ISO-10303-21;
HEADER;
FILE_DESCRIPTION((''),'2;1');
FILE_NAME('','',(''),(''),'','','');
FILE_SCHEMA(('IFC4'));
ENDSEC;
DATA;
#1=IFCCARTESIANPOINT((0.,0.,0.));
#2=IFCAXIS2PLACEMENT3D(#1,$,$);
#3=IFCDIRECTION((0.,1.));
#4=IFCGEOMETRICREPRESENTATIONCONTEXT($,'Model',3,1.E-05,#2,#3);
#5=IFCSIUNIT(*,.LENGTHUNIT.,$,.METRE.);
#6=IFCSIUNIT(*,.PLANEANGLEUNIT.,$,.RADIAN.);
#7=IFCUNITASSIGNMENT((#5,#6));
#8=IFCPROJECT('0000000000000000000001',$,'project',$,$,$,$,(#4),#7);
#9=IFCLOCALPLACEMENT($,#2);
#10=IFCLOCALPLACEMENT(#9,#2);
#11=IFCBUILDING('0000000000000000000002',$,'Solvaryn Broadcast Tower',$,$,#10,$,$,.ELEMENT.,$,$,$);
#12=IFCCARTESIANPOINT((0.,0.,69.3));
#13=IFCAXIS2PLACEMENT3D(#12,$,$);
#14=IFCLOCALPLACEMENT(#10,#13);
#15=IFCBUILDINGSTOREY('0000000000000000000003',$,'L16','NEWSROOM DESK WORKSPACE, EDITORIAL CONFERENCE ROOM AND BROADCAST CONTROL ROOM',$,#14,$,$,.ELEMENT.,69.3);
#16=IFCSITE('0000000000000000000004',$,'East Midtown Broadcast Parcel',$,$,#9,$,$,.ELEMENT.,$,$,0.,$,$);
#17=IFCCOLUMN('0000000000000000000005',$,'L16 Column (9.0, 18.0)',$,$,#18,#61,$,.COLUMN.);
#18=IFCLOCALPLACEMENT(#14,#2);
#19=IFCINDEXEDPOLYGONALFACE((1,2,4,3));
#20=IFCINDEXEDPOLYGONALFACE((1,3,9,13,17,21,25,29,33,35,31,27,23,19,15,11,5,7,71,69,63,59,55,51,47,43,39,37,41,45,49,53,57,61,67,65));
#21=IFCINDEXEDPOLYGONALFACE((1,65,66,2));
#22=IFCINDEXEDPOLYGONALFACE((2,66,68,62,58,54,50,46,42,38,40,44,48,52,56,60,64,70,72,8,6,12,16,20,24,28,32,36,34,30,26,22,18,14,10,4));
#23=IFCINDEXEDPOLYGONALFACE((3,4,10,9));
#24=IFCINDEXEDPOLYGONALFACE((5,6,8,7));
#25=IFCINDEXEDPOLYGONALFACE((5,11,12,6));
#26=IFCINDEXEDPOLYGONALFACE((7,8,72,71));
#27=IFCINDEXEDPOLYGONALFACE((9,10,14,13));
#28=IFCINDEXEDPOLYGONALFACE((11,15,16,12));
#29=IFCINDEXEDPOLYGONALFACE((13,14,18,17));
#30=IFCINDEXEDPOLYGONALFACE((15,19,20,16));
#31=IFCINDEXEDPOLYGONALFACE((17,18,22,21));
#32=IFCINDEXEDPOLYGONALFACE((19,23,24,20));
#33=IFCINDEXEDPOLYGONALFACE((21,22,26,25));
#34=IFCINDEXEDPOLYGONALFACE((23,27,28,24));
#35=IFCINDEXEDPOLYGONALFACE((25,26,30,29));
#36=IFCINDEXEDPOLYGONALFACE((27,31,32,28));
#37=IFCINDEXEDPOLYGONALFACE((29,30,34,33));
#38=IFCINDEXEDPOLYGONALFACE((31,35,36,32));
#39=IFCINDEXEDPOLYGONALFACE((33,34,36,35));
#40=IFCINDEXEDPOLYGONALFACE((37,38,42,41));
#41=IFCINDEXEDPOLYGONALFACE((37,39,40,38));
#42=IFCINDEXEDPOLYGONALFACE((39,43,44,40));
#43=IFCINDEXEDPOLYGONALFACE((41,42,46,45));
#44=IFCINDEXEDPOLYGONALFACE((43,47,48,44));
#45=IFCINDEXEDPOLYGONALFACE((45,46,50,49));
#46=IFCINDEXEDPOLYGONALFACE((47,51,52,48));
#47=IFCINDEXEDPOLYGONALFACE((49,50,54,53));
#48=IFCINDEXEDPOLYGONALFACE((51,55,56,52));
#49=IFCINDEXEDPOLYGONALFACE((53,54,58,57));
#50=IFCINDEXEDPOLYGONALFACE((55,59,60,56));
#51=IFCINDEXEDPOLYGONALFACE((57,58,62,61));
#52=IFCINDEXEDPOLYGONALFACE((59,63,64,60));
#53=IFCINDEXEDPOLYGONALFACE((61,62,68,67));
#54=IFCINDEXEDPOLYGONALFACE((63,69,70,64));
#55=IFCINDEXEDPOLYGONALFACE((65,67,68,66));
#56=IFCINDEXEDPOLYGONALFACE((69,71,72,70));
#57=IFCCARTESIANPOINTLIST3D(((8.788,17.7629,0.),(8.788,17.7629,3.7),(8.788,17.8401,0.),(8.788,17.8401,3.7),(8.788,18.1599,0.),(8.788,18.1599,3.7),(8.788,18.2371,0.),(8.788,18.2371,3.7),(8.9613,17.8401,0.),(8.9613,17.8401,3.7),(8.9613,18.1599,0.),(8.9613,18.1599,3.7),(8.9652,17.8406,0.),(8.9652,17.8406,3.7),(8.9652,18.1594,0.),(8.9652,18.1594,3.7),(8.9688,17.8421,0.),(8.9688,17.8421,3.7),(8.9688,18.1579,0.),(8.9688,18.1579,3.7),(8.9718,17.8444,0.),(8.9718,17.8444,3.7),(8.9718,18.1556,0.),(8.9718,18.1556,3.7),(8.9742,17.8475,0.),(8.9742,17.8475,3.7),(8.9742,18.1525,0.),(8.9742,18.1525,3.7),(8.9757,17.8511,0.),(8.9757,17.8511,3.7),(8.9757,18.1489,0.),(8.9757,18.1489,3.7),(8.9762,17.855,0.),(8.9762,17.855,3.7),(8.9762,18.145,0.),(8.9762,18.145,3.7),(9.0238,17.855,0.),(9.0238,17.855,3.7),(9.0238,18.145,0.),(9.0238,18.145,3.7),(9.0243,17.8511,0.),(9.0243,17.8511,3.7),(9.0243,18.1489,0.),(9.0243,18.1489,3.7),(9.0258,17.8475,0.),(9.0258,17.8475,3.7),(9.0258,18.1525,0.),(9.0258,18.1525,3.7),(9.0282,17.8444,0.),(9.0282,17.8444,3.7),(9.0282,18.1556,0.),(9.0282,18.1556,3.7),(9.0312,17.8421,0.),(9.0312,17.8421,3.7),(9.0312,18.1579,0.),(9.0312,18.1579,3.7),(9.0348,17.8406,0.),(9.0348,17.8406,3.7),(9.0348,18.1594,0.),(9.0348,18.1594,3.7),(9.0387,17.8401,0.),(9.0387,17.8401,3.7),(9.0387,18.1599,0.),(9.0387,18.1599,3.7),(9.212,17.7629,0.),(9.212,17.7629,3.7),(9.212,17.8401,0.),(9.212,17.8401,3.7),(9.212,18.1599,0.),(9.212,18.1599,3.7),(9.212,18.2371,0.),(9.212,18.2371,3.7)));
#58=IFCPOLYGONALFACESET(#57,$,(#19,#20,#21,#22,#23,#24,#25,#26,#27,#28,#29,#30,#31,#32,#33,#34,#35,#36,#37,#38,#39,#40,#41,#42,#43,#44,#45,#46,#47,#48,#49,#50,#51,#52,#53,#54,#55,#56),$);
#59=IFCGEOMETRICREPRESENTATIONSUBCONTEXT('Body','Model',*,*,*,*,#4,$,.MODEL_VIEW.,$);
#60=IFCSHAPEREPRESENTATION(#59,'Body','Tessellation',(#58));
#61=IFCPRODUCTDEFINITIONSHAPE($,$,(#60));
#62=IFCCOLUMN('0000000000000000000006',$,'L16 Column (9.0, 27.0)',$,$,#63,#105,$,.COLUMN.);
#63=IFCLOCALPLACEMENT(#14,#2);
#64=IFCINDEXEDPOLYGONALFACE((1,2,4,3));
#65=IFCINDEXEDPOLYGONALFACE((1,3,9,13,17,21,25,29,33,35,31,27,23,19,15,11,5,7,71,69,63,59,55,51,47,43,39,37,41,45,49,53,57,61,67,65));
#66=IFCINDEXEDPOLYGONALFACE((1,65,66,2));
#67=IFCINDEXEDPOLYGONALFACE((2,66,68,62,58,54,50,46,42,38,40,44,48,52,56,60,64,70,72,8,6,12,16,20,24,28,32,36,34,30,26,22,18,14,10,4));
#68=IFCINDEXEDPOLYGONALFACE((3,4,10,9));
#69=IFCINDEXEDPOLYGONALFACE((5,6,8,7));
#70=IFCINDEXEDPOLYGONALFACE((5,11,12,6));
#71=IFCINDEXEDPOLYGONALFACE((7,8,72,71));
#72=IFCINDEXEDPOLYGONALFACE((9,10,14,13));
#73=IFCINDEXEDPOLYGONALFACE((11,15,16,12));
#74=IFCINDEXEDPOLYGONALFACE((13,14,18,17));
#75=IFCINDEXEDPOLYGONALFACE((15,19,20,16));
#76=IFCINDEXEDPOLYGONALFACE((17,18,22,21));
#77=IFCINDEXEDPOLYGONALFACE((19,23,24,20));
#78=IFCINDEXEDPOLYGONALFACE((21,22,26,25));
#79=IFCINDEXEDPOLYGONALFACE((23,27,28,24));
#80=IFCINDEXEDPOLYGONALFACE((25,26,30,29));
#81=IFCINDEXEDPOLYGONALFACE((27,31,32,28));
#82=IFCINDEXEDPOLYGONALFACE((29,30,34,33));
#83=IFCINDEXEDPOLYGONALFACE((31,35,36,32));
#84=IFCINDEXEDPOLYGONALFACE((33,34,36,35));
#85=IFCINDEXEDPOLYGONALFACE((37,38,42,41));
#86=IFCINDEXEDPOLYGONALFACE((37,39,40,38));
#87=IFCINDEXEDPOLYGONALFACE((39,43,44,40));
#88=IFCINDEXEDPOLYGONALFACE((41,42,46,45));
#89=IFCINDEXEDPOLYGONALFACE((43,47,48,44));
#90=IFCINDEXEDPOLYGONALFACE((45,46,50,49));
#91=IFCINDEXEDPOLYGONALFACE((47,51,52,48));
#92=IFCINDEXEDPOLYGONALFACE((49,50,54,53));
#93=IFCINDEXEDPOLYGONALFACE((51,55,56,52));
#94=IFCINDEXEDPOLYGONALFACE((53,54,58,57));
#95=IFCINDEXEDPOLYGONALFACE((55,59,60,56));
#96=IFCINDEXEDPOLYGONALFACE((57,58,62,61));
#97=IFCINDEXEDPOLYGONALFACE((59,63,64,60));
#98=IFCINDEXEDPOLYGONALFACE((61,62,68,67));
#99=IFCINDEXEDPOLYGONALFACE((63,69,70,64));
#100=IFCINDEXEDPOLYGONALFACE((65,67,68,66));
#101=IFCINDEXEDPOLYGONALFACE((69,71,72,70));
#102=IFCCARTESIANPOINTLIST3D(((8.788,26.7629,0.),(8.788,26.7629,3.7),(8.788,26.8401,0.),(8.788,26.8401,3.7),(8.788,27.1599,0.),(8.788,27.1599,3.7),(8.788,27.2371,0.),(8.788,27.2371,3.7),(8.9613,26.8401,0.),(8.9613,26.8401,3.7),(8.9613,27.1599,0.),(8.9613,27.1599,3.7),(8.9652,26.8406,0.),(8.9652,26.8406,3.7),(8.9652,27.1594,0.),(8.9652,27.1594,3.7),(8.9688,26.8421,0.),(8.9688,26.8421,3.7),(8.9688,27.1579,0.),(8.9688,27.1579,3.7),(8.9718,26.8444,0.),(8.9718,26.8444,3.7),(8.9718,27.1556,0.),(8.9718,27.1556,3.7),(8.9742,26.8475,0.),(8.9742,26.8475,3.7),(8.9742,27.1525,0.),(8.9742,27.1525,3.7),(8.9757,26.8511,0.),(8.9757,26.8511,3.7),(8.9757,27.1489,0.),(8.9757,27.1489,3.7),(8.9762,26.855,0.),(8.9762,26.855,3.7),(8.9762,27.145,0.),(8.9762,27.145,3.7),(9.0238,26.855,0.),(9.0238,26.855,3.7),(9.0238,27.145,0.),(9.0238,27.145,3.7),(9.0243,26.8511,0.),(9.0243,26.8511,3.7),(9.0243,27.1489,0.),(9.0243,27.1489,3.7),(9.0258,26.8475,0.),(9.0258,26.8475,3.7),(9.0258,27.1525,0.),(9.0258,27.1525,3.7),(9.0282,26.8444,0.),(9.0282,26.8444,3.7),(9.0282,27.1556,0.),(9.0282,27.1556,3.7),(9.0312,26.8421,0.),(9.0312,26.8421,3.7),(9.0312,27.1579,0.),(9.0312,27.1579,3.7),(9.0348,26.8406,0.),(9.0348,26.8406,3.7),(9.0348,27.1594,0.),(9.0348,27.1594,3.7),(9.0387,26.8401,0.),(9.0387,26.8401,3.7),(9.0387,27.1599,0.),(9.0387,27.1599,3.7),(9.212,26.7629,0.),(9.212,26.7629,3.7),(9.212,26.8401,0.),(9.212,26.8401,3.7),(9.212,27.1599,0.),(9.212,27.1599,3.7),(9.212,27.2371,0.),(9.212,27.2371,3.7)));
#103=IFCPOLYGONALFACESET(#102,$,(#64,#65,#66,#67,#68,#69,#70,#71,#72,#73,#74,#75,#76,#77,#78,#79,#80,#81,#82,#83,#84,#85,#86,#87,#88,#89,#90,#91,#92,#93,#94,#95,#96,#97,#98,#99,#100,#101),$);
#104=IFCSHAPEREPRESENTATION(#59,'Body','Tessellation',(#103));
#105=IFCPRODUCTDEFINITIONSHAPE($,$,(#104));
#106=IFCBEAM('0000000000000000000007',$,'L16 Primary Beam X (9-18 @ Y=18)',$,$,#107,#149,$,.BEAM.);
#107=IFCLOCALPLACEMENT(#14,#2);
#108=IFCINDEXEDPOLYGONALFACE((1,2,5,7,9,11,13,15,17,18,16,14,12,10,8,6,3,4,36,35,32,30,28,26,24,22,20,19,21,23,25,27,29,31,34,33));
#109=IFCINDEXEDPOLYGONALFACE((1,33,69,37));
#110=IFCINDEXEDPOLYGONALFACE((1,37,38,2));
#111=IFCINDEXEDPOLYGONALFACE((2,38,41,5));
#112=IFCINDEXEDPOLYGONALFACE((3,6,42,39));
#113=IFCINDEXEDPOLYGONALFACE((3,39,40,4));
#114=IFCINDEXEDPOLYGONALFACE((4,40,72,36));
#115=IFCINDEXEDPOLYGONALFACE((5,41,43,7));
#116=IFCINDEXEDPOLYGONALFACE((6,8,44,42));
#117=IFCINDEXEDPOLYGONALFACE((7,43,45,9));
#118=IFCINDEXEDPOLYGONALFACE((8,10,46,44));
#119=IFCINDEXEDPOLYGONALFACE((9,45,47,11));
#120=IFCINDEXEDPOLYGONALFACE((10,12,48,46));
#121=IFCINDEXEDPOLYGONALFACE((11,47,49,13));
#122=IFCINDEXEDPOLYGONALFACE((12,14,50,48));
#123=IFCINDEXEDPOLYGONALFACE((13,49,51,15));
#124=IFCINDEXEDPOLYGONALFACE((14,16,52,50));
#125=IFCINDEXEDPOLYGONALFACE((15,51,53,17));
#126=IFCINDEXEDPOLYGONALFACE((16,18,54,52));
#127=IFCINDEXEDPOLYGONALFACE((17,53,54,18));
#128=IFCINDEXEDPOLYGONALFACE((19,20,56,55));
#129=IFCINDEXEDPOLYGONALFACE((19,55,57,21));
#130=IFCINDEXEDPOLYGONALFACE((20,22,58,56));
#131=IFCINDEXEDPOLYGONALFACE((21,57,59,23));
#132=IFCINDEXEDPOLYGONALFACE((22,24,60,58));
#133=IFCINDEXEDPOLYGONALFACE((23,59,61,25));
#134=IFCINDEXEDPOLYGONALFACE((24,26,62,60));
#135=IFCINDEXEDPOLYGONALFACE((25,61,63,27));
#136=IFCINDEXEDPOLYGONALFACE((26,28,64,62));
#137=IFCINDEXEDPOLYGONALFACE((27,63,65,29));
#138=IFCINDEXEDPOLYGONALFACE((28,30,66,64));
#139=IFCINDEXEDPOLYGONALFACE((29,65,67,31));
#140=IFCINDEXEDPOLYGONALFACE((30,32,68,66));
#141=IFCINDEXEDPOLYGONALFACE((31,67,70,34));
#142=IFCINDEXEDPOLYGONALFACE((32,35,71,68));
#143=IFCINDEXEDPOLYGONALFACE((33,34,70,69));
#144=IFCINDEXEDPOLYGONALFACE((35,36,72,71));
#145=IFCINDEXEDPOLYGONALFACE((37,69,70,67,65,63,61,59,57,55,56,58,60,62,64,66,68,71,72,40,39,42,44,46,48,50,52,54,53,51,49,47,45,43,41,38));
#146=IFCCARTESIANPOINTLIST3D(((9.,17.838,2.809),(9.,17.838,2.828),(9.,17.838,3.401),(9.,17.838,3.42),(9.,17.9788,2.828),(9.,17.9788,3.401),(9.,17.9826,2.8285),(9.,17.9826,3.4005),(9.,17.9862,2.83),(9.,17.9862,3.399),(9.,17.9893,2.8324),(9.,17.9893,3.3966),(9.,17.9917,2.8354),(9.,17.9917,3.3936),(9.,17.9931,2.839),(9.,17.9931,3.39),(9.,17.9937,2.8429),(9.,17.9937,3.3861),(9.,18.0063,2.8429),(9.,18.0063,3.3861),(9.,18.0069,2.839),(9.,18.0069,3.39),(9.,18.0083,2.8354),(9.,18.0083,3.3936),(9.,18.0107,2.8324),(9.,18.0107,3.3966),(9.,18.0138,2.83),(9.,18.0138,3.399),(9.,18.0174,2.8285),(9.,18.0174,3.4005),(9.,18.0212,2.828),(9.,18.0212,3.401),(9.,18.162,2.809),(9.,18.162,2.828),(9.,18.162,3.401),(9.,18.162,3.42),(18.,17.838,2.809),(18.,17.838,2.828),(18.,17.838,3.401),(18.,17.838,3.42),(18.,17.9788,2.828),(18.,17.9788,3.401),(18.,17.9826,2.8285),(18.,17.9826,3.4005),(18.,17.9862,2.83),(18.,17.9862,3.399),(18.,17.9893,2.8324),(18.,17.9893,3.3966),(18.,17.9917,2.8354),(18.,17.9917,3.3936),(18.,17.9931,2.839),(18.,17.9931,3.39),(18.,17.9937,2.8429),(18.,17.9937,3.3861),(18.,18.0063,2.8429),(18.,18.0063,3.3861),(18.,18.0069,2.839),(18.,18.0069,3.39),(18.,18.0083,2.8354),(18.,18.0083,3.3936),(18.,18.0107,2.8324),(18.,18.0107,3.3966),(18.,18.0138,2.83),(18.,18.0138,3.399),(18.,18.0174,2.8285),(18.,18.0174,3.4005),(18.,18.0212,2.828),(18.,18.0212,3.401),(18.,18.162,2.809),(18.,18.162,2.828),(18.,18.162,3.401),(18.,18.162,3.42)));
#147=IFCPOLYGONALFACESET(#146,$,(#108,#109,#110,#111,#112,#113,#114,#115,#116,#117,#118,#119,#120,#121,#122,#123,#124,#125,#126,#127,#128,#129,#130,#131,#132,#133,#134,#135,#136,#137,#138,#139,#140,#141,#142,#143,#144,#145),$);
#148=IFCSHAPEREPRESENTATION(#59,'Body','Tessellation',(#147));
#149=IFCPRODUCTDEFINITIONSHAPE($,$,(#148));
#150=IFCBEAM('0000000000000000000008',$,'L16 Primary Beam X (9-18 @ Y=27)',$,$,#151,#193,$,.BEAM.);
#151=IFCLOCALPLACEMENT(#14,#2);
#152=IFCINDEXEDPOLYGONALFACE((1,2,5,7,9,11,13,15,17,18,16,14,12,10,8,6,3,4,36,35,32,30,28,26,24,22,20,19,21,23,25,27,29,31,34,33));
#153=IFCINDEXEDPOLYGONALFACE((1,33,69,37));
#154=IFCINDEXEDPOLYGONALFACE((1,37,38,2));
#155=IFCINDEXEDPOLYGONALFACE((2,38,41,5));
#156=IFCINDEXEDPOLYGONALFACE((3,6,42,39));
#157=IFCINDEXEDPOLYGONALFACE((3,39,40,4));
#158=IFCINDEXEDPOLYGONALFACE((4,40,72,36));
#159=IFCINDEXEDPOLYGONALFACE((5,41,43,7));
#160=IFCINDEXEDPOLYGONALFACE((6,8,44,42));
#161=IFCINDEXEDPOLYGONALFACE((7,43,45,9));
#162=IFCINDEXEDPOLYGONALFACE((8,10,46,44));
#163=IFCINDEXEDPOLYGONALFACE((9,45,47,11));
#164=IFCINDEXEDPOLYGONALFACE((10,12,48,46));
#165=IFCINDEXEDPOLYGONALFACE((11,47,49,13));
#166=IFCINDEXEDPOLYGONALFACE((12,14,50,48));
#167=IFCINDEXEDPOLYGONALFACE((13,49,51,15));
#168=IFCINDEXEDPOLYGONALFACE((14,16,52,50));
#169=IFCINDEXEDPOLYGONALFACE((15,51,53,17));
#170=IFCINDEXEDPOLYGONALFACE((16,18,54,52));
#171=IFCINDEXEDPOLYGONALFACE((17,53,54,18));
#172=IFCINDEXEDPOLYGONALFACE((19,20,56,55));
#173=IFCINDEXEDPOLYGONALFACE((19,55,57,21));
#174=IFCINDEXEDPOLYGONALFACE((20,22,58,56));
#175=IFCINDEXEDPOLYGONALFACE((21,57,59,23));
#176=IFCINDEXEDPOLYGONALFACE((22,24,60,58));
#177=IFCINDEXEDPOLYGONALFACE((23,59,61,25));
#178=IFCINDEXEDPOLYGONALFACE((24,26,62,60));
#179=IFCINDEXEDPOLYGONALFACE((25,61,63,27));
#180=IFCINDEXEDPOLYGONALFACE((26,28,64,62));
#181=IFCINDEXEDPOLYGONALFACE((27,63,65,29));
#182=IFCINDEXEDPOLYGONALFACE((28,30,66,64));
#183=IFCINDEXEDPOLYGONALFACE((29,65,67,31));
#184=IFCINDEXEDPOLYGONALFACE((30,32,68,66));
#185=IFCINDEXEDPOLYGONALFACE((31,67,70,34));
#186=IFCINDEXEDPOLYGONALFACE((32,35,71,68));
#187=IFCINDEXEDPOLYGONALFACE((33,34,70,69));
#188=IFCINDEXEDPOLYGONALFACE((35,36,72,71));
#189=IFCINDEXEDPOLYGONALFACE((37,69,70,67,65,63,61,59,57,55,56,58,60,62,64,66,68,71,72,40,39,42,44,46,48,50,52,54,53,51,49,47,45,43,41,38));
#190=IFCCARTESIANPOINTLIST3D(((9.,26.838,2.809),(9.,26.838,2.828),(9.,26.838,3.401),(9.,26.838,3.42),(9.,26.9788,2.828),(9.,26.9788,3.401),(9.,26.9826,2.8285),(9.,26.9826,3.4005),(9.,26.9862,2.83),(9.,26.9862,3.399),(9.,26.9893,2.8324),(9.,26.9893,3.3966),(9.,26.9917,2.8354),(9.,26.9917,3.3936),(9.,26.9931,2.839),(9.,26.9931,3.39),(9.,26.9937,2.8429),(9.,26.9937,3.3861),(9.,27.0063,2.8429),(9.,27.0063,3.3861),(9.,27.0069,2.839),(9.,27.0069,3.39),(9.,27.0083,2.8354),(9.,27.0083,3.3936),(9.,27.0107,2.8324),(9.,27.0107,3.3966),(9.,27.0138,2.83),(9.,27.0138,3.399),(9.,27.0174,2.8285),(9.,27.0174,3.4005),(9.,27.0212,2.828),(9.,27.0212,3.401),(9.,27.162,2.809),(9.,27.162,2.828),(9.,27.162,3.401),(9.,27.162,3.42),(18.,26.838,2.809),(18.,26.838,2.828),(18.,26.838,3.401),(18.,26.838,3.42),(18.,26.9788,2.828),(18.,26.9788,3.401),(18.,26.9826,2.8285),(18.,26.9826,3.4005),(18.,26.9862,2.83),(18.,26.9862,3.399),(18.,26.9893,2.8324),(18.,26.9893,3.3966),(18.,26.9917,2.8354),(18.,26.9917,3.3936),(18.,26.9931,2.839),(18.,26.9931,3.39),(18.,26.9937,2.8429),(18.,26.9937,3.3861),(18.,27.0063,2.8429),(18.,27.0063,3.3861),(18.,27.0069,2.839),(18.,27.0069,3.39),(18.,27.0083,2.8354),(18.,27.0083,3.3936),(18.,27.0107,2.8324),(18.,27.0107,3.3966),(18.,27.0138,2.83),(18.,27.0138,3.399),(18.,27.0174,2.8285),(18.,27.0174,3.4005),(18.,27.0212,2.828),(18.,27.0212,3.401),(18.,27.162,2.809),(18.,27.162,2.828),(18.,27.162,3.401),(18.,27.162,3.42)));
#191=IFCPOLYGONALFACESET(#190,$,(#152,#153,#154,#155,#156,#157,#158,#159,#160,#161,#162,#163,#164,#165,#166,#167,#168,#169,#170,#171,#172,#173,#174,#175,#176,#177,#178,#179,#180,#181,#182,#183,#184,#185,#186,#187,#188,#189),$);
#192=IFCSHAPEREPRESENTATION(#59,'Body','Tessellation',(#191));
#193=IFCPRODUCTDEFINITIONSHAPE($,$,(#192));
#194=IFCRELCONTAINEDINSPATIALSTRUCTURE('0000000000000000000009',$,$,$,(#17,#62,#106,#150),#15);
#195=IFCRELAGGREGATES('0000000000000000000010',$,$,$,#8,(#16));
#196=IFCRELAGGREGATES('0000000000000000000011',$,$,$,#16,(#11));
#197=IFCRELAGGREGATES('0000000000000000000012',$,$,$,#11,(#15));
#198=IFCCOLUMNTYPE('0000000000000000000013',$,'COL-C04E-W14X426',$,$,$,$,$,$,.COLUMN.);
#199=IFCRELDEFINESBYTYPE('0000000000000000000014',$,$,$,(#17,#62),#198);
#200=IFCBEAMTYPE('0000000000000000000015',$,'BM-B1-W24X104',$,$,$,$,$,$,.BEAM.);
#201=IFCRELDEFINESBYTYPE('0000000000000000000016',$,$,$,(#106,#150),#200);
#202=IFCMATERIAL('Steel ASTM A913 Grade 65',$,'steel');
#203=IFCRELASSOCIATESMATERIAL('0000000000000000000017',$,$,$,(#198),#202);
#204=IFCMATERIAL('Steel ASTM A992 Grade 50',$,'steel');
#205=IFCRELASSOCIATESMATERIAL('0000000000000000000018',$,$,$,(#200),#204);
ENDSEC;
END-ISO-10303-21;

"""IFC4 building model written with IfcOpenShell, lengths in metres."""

from ifc_helpers import new_model, si_unit, direction, frame, origin, origin_2d, place, context, subcontext, project, spatial, i_section, extrude, material, material_profile, profile_set, type_object, element, save


model = new_model("IFC4")

# Units and contexts
model_context = context("Model", 3, precision=1e-05, world=origin(), true_north=direction((0.0, 1.0)))
body_context = subcontext(model_context, "Body", "Model", "MODEL_VIEW")
ifc_project = project(units=[si_unit("LENGTHUNIT", "METRE"), si_unit("PLANEANGLEUNIT", "RADIAN")], contexts=[model_context])

# Site, building, storey
site_placement = place(None, origin())
site = spatial("IfcSite", under=ifc_project, at=site_placement, Name="East Midtown Broadcast Parcel", CompositionType="ELEMENT", RefElevation=0.0)
building_placement = place(site_placement, origin())
building = spatial("IfcBuilding", under=site, at=building_placement, Name="Solvaryn Broadcast Tower", CompositionType="ELEMENT")
storey_placement = place(building_placement, frame((0.0, 0.0, 69.3)))
storey = spatial("IfcBuildingStorey", under=building, at=storey_placement, Name="L16", Description="NEWSROOM DESK WORKSPACE, EDITORIAL CONFERENCE ROOM AND BROADCAST CONTROL ROOM", CompositionType="ELEMENT", Elevation=69.3)

# Columns
ifc_material_1 = material(Name="Steel ASTM A913 Grade 65", Category="steel")
ifc_material_profile_1 = material_profile(ifc_material_1, i_section(OverallWidth=0.4241, OverallDepth=0.4741, WebThickness=0.0476, FlangeThickness=0.0771, FilletRadius=0.0149, at=origin_2d()))
ifc_profile_set_1 = profile_set([ifc_material_profile_1], Name="Steel ASTM A913 Grade 65")
column_type = type_object("IfcColumnType", Name="COL-C04E-W14X426", PredefinedType="COLUMN", material=ifc_profile_set_1)
for number, where, z_axis, x_axis, name in (
    (1, (9.0, 18.0, 0.0), (0.0, 0.0, 1.0), (1.0, 0.0, 0.0), "L16 Column (9.0, 18.0)"),
    (2, (9.0, 27.0, 0.0), (0.0, 0.0, 1.0), (1.0, 0.0, 0.0), "L16 Column (9.0, 27.0)"),
):
    element("IfcColumn", number, at=place(storey_placement, frame(where, z_axis=z_axis, x_axis=x_axis)), inside=storey, type_object=column_type, Name=name, PredefinedType="COLUMN", context=body_context, shape_type="SweptSolid", body=[
        extrude(i_section(OverallWidth=0.4241, OverallDepth=0.4741, WebThickness=0.0476, FlangeThickness=0.0771, FilletRadius=0.0149, at=origin_2d()), origin(), (0.0, 0.0, 1.0), 3.7),
    ])

# Beams
ifc_material_2 = material(Name="Steel ASTM A992 Grade 50", Category="steel")
ifc_material_profile_2 = material_profile(ifc_material_2, i_section(OverallWidth=0.324, OverallDepth=0.6111, WebThickness=0.0127, FlangeThickness=0.019, FilletRadius=0.0149, at=origin_2d()))
ifc_profile_set_2 = profile_set([ifc_material_profile_2], Name="Steel ASTM A992 Grade 50")
beam_type_1 = type_object("IfcBeamType", Name="BM-B1-W24X104", PredefinedType="BEAM", material=ifc_profile_set_2)
for number, where, z_axis, x_axis, name in (
    (3, (9.0, 18.0, 3.1145), (1.0, 0.0, 0.0), (0.0, 1.0, 0.0), "L16 Primary Beam X (9-18 @ Y=18)"),
    (4, (9.0, 27.0, 3.1145), (1.0, 0.0, 0.0), (0.0, 1.0, 0.0), "L16 Primary Beam X (9-18 @ Y=27)"),
):
    element("IfcBeam", number, at=place(storey_placement, frame(where, z_axis=z_axis, x_axis=x_axis)), inside=storey, type_object=beam_type_1, Name=name, PredefinedType="BEAM", context=body_context, shape_type="SweptSolid", body=[
        extrude(i_section(OverallWidth=0.324, OverallDepth=0.6111, WebThickness=0.0127, FlangeThickness=0.019, FilletRadius=0.0149, at=origin_2d()), origin(), (0.0, 0.0, 1.0), 9.0),
    ])

save(model, "model.ifc")
